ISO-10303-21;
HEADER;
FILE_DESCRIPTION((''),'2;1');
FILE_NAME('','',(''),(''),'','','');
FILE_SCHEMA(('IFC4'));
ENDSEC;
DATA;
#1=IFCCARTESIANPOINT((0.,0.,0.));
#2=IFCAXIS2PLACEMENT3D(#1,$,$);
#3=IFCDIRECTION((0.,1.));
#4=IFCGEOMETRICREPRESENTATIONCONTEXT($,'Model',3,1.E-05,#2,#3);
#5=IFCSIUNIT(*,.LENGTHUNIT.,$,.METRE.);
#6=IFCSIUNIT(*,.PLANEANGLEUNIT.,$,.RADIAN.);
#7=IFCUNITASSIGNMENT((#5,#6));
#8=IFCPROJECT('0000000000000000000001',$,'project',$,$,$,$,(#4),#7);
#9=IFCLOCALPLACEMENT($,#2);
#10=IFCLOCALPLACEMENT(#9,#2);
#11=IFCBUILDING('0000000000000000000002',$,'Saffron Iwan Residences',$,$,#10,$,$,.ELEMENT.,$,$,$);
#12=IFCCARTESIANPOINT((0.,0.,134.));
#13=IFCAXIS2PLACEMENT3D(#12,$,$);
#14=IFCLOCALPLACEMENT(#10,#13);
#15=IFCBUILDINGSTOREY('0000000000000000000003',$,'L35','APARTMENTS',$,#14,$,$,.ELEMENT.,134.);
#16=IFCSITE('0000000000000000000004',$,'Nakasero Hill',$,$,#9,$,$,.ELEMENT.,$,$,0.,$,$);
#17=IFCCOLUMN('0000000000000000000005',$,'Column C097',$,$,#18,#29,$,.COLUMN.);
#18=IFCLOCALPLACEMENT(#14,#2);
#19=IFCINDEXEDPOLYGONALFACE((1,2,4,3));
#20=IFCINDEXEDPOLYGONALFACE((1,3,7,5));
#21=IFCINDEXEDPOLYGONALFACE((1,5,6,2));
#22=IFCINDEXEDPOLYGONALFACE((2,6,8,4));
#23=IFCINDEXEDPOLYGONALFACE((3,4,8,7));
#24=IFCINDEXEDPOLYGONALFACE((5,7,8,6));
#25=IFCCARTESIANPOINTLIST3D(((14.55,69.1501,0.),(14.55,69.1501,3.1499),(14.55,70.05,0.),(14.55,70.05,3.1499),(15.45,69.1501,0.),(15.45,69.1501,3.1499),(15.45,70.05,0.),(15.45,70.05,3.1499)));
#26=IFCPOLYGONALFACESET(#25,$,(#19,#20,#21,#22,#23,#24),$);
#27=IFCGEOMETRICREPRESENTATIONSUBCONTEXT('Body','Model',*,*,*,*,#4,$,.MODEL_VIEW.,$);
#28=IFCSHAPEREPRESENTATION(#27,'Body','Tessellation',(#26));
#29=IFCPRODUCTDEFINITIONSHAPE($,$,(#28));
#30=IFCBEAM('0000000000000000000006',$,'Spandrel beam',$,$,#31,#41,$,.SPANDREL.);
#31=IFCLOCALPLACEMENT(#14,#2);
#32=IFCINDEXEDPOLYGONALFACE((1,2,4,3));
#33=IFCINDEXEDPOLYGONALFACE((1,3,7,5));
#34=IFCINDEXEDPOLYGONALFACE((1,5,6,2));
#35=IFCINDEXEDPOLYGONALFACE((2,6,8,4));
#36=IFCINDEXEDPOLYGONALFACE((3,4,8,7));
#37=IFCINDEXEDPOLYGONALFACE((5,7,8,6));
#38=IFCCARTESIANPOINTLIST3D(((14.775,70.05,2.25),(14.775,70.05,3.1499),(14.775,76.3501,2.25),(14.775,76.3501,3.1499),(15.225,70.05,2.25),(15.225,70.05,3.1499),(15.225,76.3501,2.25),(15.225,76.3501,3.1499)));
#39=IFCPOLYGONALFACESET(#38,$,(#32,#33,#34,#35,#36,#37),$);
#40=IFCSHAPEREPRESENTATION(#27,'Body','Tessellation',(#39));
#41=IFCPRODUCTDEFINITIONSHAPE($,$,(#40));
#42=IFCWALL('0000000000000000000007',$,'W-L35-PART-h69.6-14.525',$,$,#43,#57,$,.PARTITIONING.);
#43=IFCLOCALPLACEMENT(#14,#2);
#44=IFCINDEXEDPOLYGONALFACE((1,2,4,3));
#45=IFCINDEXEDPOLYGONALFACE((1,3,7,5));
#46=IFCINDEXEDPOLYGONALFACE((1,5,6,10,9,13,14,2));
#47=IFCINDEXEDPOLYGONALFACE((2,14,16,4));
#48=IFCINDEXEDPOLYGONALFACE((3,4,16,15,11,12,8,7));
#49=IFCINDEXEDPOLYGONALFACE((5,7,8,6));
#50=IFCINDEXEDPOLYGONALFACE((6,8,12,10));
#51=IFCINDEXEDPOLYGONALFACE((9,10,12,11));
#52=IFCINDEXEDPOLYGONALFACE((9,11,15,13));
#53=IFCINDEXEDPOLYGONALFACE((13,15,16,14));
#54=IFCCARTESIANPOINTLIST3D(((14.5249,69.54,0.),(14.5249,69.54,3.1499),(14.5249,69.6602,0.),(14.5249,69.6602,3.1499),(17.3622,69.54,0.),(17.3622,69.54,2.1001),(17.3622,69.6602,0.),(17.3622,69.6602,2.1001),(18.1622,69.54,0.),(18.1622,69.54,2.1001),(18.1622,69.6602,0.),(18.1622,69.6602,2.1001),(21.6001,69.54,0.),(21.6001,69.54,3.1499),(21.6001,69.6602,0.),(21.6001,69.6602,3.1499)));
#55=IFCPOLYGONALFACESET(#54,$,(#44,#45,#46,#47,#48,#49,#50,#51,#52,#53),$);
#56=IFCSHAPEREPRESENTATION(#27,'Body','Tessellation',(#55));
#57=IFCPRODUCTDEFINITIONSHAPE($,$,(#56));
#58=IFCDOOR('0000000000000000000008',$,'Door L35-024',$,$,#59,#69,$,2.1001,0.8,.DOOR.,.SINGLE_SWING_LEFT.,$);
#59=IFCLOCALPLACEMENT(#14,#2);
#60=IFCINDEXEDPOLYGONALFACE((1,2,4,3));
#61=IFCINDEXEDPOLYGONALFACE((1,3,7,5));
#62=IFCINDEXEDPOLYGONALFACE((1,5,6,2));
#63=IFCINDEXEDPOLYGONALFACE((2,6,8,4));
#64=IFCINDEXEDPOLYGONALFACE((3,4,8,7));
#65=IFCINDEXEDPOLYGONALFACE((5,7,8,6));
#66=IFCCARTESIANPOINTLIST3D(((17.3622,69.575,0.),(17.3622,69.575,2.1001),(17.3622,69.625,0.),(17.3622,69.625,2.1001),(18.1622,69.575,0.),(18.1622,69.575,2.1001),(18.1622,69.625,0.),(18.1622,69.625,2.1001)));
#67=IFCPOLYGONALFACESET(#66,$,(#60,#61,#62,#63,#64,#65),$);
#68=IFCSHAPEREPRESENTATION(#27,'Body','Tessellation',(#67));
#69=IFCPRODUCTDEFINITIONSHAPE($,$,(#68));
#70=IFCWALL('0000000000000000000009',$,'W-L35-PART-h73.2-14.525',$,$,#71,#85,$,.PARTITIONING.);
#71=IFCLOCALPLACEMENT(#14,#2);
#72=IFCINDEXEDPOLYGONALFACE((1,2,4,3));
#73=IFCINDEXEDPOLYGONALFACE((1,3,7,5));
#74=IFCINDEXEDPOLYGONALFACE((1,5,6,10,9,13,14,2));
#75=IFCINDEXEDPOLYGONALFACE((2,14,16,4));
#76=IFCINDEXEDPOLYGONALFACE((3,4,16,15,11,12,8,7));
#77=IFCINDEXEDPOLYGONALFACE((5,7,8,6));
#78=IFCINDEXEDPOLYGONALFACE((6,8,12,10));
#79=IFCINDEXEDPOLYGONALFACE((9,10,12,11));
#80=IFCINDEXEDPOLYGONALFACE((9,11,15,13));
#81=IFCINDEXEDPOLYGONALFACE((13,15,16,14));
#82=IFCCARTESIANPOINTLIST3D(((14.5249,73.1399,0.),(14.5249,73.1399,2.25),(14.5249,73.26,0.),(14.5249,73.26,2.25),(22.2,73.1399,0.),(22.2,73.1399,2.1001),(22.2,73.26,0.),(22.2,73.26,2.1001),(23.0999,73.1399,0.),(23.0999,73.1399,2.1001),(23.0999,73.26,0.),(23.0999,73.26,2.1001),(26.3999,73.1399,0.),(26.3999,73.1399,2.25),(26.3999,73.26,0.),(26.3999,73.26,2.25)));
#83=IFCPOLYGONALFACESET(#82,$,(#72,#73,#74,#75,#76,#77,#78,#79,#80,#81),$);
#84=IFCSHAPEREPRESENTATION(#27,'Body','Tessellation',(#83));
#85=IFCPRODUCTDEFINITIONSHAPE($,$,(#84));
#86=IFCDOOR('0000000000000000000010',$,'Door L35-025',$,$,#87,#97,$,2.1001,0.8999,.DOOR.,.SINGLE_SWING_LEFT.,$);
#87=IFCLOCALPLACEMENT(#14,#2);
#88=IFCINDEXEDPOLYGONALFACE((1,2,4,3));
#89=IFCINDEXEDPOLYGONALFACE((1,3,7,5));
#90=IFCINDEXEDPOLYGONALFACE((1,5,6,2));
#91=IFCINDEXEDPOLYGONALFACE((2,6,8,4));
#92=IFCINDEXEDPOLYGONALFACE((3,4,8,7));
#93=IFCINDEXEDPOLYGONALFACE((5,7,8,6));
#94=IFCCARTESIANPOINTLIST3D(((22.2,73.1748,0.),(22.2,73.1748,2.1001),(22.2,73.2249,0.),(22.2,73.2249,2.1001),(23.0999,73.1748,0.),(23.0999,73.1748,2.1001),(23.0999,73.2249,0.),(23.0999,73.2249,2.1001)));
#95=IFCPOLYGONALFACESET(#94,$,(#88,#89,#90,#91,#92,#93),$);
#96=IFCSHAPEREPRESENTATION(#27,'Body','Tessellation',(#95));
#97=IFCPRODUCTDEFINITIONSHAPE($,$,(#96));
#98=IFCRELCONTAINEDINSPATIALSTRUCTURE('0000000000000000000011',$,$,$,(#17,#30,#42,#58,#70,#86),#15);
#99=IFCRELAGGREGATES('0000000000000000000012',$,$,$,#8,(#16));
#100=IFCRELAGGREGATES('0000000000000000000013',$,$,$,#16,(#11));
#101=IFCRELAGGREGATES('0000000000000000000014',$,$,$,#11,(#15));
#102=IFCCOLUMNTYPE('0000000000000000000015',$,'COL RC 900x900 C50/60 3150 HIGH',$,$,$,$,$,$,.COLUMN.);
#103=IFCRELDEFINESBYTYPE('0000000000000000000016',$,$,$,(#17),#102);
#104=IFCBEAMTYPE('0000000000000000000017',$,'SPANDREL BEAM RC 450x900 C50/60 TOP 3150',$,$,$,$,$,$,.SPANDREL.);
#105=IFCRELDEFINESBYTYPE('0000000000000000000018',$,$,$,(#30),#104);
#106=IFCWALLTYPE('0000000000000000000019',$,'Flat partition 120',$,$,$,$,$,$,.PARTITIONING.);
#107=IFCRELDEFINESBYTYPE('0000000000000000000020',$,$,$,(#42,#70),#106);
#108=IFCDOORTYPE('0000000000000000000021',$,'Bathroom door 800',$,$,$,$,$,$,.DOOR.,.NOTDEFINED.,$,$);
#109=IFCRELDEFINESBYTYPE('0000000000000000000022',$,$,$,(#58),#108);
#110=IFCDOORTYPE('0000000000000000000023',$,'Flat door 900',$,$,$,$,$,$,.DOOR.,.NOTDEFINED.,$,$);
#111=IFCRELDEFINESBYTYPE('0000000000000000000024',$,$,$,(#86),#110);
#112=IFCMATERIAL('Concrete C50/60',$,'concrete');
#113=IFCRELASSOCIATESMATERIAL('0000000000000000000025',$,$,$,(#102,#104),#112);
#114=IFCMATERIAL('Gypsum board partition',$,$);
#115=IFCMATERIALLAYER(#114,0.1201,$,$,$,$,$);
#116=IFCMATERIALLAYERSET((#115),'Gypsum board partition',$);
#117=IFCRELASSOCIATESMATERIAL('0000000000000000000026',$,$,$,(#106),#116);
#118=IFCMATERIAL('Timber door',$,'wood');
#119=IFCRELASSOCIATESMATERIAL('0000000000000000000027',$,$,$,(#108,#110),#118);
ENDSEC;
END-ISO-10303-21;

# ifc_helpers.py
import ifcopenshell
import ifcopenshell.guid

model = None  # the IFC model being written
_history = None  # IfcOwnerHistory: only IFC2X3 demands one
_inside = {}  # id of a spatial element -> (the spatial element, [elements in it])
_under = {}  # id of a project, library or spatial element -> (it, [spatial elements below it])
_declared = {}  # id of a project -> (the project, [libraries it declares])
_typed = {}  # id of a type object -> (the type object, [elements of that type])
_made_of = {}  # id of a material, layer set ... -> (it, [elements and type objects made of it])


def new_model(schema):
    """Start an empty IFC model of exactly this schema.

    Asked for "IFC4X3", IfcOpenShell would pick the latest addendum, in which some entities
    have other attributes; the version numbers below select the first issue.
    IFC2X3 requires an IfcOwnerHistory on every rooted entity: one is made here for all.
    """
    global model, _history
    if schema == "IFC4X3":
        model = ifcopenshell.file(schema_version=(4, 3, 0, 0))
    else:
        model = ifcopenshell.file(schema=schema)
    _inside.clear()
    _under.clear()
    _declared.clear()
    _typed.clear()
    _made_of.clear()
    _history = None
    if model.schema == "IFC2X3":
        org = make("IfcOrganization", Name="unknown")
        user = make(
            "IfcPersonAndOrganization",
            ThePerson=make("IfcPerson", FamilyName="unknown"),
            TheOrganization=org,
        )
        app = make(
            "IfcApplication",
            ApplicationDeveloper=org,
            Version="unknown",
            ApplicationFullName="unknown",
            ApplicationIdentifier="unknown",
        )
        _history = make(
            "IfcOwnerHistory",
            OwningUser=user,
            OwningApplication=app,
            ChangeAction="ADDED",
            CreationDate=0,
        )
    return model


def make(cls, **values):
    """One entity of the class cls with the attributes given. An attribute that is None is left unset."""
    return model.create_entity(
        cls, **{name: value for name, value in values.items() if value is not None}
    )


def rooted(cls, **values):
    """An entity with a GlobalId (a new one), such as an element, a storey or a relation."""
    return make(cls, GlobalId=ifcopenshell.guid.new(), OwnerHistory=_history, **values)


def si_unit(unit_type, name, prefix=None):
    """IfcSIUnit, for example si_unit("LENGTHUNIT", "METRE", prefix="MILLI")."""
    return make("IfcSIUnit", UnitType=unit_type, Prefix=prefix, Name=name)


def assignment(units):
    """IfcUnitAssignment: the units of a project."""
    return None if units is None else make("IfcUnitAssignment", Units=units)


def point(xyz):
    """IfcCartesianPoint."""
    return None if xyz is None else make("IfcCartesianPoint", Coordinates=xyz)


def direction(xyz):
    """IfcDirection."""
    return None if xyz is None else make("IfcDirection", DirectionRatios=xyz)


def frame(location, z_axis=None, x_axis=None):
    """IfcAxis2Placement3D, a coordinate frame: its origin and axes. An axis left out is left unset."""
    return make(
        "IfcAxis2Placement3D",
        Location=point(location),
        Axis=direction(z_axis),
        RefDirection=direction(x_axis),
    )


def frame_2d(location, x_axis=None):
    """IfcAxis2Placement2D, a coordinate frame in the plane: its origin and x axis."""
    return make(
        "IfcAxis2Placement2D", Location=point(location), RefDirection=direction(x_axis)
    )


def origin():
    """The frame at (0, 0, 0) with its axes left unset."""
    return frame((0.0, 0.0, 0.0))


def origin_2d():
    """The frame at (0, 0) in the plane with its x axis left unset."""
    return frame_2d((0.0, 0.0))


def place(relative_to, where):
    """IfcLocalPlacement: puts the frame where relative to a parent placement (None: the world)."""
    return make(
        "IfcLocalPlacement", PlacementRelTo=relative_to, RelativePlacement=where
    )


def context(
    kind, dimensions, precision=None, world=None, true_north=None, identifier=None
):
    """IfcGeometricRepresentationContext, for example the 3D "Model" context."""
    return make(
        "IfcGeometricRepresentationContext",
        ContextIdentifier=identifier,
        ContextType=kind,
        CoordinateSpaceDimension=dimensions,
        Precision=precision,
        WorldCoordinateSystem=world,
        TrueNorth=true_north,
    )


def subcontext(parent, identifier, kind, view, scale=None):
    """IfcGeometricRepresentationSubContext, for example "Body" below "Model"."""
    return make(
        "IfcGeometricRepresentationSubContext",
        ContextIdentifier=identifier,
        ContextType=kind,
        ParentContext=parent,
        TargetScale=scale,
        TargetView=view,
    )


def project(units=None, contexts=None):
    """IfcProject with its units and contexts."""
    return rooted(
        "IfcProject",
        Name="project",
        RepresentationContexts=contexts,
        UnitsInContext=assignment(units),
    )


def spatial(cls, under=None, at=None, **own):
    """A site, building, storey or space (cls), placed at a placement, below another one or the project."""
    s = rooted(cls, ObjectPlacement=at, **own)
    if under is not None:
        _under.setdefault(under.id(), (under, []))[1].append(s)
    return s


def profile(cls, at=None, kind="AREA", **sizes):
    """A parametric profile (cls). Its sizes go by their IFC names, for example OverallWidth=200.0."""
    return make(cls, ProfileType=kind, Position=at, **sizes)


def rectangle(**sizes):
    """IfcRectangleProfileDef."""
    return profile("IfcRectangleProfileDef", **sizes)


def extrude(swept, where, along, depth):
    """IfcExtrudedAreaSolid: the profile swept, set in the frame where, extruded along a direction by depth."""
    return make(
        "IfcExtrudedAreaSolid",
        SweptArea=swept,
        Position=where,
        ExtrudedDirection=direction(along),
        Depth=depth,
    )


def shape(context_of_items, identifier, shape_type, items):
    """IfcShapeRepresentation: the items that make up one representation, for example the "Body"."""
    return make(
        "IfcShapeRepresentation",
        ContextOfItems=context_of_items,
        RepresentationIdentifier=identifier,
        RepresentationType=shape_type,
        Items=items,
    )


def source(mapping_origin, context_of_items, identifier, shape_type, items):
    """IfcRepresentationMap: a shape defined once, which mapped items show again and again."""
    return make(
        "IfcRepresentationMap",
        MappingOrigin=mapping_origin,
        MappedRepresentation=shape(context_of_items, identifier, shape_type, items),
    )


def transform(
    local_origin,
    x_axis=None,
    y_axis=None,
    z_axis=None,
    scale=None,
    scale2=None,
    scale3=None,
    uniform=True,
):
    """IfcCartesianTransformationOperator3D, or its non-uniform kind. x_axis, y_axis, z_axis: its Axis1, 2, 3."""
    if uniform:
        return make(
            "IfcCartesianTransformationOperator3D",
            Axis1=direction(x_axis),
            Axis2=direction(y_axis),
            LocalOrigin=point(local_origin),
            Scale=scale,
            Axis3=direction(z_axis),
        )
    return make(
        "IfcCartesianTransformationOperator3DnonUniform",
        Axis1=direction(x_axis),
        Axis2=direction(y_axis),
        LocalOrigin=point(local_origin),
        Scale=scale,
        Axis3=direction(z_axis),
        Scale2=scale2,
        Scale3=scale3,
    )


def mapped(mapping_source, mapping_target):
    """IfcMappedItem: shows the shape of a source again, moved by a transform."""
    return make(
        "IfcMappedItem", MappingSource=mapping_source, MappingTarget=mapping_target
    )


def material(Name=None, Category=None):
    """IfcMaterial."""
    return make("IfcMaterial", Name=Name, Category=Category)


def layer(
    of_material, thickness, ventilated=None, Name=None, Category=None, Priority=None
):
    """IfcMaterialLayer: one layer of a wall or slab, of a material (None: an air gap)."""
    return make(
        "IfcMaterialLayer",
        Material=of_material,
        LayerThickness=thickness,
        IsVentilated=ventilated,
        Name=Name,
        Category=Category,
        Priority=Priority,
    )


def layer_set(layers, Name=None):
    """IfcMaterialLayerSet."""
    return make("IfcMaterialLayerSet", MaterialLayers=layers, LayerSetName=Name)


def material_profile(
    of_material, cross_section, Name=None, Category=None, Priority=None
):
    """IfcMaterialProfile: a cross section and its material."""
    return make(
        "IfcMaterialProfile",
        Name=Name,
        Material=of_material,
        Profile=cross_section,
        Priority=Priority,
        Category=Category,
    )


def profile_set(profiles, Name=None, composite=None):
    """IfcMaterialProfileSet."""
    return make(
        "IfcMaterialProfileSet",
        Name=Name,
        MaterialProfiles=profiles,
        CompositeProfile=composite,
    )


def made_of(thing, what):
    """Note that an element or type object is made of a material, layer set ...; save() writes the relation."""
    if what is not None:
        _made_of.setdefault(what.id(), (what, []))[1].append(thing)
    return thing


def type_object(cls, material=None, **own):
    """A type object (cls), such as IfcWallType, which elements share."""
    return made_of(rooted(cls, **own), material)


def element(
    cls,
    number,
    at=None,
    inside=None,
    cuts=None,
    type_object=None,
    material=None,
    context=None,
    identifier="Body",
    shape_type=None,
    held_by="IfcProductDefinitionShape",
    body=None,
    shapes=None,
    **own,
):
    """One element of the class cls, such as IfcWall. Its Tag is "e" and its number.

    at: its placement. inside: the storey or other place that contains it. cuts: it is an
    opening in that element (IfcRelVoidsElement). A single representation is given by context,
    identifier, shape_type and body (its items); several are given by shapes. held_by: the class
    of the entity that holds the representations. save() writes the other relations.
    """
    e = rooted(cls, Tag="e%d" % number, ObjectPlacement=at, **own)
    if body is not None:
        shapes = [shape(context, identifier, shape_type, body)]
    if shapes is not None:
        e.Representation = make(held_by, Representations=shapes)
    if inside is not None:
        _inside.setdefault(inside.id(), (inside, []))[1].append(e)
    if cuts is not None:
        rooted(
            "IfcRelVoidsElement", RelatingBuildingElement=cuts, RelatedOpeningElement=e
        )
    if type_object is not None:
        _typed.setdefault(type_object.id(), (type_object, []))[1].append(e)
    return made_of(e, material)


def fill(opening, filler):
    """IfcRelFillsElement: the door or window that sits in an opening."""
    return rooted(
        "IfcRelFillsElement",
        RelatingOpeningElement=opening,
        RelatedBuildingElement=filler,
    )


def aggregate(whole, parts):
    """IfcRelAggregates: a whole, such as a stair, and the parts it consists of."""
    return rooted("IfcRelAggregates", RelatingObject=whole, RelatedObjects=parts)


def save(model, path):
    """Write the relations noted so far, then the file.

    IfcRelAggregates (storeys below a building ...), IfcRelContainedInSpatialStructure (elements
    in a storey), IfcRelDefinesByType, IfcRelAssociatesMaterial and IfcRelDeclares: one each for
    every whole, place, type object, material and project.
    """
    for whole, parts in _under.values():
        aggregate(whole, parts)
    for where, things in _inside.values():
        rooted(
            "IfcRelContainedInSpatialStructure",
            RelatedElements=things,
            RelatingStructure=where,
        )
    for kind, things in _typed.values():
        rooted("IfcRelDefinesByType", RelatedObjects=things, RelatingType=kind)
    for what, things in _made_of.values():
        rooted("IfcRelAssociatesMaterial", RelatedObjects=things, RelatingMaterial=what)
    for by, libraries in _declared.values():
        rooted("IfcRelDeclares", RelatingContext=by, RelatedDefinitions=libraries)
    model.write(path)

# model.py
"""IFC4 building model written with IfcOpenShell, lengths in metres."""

from ifc_helpers import new_model, si_unit, direction, frame, frame_2d, origin, origin_2d, place, context, subcontext, project, spatial, rectangle, extrude, source, transform, mapped, material, layer, layer_set, material_profile, profile_set, type_object, element, fill, save


model = new_model("IFC4")

# Units and contexts
model_context = context("Model", 3, precision=1e-05, world=origin(), true_north=direction((0.0, 1.0)))
body_context = subcontext(model_context, "Body", "Model", "MODEL_VIEW")
ifc_project = project(units=[si_unit("LENGTHUNIT", "METRE"), si_unit("PLANEANGLEUNIT", "RADIAN")], contexts=[model_context])

# Site, building, storey
site_placement = place(None, origin())
site = spatial("IfcSite", under=ifc_project, at=site_placement, Name="Nakasero Hill", CompositionType="ELEMENT", RefElevation=0.0)
building_placement = place(site_placement, origin())
building = spatial("IfcBuilding", under=site, at=building_placement, Name="Saffron Iwan Residences", CompositionType="ELEMENT")
storey_placement = place(building_placement, frame((0.0, 0.0, 134.0)))
storey = spatial("IfcBuildingStorey", under=building, at=storey_placement, Name="L35", Description="APARTMENTS", CompositionType="ELEMENT", Elevation=134.0)

# Column
ifc_material_1 = material(Name="Concrete C50/60", Category="concrete")
ifc_material_profile_1 = material_profile(ifc_material_1, rectangle(XDim=0.8999, YDim=0.8999, at=origin_2d()), Name="RC 900x900")
ifc_profile_set_1 = profile_set([ifc_material_profile_1], Name="Concrete C50/60")
column_type = type_object("IfcColumnType", Name="COL RC 900x900 C50/60 3150 HIGH", PredefinedType="COLUMN", material=ifc_profile_set_1)
shared_shape_1 = source(origin(), body_context, "Body", "SweptSolid", [
    extrude(rectangle(XDim=0.8999, YDim=0.8999, at=origin_2d()), origin(), (0.0, 0.0, 1.0), 3.1499),
])
column_placement = place(storey_placement, frame((15.0, 69.6001, 0.0), z_axis=(0.0, 0.0, 1.0), x_axis=(1.0, 0.0, 0.0)))
element("IfcColumn", 1, at=column_placement, inside=storey, type_object=column_type, Name="Column C097", PredefinedType="COLUMN", context=body_context, shape_type="MappedRepresentation", body=[
    mapped(shared_shape_1, transform((0.0, 0.0, 0.0))),
])

# Beam
ifc_material_profile_2 = material_profile(ifc_material_1, rectangle(XDim=0.45, YDim=0.8999, at=origin_2d()), Name="RC 450x900")
ifc_profile_set_2 = profile_set([ifc_material_profile_2], Name="Concrete C50/60")
beam_type = type_object("IfcBeamType", Name="SPANDREL BEAM RC 450x900 C50/60 TOP 3150", PredefinedType="SPANDREL", material=ifc_profile_set_2)
shared_shape_2 = source(origin(), body_context, "Body", "SweptSolid", [
    extrude(rectangle(XDim=0.45, YDim=0.8999, at=origin_2d()), origin(), (0.0, 0.0, 1.0), 6.3),
])
beam_placement = place(storey_placement, frame((15.0, 70.05, 2.7), z_axis=(0.0, 1.0, 0.0), x_axis=(-1.0, 0.0, 0.0)))
element("IfcBeam", 2, at=beam_placement, inside=storey, type_object=beam_type, Name="Spandrel beam", PredefinedType="SPANDREL", context=body_context, shape_type="MappedRepresentation", body=[
    mapped(shared_shape_2, transform((0.0, 0.0, 0.0))),
])

# Walls, openings, doors
ifc_material_2 = material(Name="Gypsum board partition")
ifc_layer_1 = layer(ifc_material_2, 0.1201)
ifc_layer_set_1 = layer_set([ifc_layer_1], Name="Gypsum board partition")
wall_type_1 = type_object("IfcWallType", Name="Flat partition 120", PredefinedType="PARTITIONING", material=ifc_layer_set_1)
wall_1_placement = place(storey_placement, frame((14.5249, 69.6001, 0.0), z_axis=(0.0, 0.0, 1.0), x_axis=(1.0, 0.0, 0.0)))
wall_1 = element("IfcWall", 3, at=wall_1_placement, inside=storey, type_object=wall_type_1, Name="W-L35-PART-h69.6-14.525", PredefinedType="PARTITIONING", context=body_context, shape_type="SweptSolid", body=[
    extrude(rectangle(XDim=7.0752, YDim=0.1201, at=frame_2d((3.5376, 0.0))), origin(), (0.0, 0.0, 1.0), 3.1499),
])
opening_1_placement = place(wall_1_placement, frame((2.8374, 0.0, 0.0)))
opening_1 = element("IfcOpeningElement", 4, at=opening_1_placement, cuts=wall_1, PredefinedType="OPENING", context=body_context, shape_type="SweptSolid", body=[
    extrude(rectangle(XDim=0.8, YDim=2.1001, at=frame_2d((0.3999, 1.05))), frame((0.0, 0.0701, 0.0), z_axis=(0.0, -1.0, 0.0), x_axis=(1.0, 0.0, 0.0)), (0.0, 0.0, 1.0), 0.1401),
])
ifc_material_3 = material(Name="Timber door", Category="wood")
door_type_1 = type_object("IfcDoorType", Name="Bathroom door 800", OperationType="NOTDEFINED", PredefinedType="DOOR", material=ifc_material_3)
door_1_placement = place(opening_1_placement, origin())
door_1 = element("IfcDoor", 5, at=door_1_placement, inside=storey, type_object=door_type_1, Name="Door L35-024", OperationType="SINGLE_SWING_LEFT", OverallHeight=2.1001, OverallWidth=0.8, PredefinedType="DOOR", context=body_context, shape_type="SweptSolid", body=[
    extrude(rectangle(XDim=0.8, YDim=2.1001, at=frame_2d((0.3999, 1.05))), frame((0.0, 0.0249, 0.0), z_axis=(0.0, -1.0, 0.0), x_axis=(1.0, 0.0, 0.0)), (0.0, 0.0, 1.0), 0.05),
])
fill(opening_1, door_1)
wall_2_placement = place(storey_placement, frame((14.5249, 73.2, 0.0), z_axis=(0.0, 0.0, 1.0), x_axis=(1.0, 0.0, 0.0)))
wall_2 = element("IfcWall", 6, at=wall_2_placement, inside=storey, type_object=wall_type_1, Name="W-L35-PART-h73.2-14.525", PredefinedType="PARTITIONING", context=body_context, shape_type="SweptSolid", body=[
    extrude(rectangle(XDim=11.875, YDim=0.1201, at=frame_2d((5.9375, 0.0))), origin(), (0.0, 0.0, 1.0), 2.25),
])
opening_2_placement = place(wall_2_placement, frame((7.675, 0.0, 0.0)))
opening_2 = element("IfcOpeningElement", 7, at=opening_2_placement, cuts=wall_2, PredefinedType="OPENING", context=body_context, shape_type="SweptSolid", body=[
    extrude(rectangle(XDim=0.8999, YDim=2.1001, at=frame_2d((0.45, 1.05))), frame((0.0, 0.0701, 0.0), z_axis=(0.0, -1.0, 0.0), x_axis=(1.0, 0.0, 0.0)), (0.0, 0.0, 1.0), 0.1401),
])
door_type_2 = type_object("IfcDoorType", Name="Flat door 900", OperationType="NOTDEFINED", PredefinedType="DOOR", material=ifc_material_3)
door_2_placement = place(opening_2_placement, origin())
door_2 = element("IfcDoor", 8, at=door_2_placement, inside=storey, type_object=door_type_2, Name="Door L35-025", OperationType="SINGLE_SWING_LEFT", OverallHeight=2.1001, OverallWidth=0.8999, PredefinedType="DOOR", context=body_context, shape_type="SweptSolid", body=[
    extrude(rectangle(XDim=0.8999, YDim=2.1001, at=frame_2d((0.45, 1.05))), frame((0.0, 0.0249, 0.0), z_axis=(0.0, -1.0, 0.0), x_axis=(1.0, 0.0, 0.0)), (0.0, 0.0, 1.0), 0.05),
])
fill(opening_2, door_2)

save(model, "model.ifc")
